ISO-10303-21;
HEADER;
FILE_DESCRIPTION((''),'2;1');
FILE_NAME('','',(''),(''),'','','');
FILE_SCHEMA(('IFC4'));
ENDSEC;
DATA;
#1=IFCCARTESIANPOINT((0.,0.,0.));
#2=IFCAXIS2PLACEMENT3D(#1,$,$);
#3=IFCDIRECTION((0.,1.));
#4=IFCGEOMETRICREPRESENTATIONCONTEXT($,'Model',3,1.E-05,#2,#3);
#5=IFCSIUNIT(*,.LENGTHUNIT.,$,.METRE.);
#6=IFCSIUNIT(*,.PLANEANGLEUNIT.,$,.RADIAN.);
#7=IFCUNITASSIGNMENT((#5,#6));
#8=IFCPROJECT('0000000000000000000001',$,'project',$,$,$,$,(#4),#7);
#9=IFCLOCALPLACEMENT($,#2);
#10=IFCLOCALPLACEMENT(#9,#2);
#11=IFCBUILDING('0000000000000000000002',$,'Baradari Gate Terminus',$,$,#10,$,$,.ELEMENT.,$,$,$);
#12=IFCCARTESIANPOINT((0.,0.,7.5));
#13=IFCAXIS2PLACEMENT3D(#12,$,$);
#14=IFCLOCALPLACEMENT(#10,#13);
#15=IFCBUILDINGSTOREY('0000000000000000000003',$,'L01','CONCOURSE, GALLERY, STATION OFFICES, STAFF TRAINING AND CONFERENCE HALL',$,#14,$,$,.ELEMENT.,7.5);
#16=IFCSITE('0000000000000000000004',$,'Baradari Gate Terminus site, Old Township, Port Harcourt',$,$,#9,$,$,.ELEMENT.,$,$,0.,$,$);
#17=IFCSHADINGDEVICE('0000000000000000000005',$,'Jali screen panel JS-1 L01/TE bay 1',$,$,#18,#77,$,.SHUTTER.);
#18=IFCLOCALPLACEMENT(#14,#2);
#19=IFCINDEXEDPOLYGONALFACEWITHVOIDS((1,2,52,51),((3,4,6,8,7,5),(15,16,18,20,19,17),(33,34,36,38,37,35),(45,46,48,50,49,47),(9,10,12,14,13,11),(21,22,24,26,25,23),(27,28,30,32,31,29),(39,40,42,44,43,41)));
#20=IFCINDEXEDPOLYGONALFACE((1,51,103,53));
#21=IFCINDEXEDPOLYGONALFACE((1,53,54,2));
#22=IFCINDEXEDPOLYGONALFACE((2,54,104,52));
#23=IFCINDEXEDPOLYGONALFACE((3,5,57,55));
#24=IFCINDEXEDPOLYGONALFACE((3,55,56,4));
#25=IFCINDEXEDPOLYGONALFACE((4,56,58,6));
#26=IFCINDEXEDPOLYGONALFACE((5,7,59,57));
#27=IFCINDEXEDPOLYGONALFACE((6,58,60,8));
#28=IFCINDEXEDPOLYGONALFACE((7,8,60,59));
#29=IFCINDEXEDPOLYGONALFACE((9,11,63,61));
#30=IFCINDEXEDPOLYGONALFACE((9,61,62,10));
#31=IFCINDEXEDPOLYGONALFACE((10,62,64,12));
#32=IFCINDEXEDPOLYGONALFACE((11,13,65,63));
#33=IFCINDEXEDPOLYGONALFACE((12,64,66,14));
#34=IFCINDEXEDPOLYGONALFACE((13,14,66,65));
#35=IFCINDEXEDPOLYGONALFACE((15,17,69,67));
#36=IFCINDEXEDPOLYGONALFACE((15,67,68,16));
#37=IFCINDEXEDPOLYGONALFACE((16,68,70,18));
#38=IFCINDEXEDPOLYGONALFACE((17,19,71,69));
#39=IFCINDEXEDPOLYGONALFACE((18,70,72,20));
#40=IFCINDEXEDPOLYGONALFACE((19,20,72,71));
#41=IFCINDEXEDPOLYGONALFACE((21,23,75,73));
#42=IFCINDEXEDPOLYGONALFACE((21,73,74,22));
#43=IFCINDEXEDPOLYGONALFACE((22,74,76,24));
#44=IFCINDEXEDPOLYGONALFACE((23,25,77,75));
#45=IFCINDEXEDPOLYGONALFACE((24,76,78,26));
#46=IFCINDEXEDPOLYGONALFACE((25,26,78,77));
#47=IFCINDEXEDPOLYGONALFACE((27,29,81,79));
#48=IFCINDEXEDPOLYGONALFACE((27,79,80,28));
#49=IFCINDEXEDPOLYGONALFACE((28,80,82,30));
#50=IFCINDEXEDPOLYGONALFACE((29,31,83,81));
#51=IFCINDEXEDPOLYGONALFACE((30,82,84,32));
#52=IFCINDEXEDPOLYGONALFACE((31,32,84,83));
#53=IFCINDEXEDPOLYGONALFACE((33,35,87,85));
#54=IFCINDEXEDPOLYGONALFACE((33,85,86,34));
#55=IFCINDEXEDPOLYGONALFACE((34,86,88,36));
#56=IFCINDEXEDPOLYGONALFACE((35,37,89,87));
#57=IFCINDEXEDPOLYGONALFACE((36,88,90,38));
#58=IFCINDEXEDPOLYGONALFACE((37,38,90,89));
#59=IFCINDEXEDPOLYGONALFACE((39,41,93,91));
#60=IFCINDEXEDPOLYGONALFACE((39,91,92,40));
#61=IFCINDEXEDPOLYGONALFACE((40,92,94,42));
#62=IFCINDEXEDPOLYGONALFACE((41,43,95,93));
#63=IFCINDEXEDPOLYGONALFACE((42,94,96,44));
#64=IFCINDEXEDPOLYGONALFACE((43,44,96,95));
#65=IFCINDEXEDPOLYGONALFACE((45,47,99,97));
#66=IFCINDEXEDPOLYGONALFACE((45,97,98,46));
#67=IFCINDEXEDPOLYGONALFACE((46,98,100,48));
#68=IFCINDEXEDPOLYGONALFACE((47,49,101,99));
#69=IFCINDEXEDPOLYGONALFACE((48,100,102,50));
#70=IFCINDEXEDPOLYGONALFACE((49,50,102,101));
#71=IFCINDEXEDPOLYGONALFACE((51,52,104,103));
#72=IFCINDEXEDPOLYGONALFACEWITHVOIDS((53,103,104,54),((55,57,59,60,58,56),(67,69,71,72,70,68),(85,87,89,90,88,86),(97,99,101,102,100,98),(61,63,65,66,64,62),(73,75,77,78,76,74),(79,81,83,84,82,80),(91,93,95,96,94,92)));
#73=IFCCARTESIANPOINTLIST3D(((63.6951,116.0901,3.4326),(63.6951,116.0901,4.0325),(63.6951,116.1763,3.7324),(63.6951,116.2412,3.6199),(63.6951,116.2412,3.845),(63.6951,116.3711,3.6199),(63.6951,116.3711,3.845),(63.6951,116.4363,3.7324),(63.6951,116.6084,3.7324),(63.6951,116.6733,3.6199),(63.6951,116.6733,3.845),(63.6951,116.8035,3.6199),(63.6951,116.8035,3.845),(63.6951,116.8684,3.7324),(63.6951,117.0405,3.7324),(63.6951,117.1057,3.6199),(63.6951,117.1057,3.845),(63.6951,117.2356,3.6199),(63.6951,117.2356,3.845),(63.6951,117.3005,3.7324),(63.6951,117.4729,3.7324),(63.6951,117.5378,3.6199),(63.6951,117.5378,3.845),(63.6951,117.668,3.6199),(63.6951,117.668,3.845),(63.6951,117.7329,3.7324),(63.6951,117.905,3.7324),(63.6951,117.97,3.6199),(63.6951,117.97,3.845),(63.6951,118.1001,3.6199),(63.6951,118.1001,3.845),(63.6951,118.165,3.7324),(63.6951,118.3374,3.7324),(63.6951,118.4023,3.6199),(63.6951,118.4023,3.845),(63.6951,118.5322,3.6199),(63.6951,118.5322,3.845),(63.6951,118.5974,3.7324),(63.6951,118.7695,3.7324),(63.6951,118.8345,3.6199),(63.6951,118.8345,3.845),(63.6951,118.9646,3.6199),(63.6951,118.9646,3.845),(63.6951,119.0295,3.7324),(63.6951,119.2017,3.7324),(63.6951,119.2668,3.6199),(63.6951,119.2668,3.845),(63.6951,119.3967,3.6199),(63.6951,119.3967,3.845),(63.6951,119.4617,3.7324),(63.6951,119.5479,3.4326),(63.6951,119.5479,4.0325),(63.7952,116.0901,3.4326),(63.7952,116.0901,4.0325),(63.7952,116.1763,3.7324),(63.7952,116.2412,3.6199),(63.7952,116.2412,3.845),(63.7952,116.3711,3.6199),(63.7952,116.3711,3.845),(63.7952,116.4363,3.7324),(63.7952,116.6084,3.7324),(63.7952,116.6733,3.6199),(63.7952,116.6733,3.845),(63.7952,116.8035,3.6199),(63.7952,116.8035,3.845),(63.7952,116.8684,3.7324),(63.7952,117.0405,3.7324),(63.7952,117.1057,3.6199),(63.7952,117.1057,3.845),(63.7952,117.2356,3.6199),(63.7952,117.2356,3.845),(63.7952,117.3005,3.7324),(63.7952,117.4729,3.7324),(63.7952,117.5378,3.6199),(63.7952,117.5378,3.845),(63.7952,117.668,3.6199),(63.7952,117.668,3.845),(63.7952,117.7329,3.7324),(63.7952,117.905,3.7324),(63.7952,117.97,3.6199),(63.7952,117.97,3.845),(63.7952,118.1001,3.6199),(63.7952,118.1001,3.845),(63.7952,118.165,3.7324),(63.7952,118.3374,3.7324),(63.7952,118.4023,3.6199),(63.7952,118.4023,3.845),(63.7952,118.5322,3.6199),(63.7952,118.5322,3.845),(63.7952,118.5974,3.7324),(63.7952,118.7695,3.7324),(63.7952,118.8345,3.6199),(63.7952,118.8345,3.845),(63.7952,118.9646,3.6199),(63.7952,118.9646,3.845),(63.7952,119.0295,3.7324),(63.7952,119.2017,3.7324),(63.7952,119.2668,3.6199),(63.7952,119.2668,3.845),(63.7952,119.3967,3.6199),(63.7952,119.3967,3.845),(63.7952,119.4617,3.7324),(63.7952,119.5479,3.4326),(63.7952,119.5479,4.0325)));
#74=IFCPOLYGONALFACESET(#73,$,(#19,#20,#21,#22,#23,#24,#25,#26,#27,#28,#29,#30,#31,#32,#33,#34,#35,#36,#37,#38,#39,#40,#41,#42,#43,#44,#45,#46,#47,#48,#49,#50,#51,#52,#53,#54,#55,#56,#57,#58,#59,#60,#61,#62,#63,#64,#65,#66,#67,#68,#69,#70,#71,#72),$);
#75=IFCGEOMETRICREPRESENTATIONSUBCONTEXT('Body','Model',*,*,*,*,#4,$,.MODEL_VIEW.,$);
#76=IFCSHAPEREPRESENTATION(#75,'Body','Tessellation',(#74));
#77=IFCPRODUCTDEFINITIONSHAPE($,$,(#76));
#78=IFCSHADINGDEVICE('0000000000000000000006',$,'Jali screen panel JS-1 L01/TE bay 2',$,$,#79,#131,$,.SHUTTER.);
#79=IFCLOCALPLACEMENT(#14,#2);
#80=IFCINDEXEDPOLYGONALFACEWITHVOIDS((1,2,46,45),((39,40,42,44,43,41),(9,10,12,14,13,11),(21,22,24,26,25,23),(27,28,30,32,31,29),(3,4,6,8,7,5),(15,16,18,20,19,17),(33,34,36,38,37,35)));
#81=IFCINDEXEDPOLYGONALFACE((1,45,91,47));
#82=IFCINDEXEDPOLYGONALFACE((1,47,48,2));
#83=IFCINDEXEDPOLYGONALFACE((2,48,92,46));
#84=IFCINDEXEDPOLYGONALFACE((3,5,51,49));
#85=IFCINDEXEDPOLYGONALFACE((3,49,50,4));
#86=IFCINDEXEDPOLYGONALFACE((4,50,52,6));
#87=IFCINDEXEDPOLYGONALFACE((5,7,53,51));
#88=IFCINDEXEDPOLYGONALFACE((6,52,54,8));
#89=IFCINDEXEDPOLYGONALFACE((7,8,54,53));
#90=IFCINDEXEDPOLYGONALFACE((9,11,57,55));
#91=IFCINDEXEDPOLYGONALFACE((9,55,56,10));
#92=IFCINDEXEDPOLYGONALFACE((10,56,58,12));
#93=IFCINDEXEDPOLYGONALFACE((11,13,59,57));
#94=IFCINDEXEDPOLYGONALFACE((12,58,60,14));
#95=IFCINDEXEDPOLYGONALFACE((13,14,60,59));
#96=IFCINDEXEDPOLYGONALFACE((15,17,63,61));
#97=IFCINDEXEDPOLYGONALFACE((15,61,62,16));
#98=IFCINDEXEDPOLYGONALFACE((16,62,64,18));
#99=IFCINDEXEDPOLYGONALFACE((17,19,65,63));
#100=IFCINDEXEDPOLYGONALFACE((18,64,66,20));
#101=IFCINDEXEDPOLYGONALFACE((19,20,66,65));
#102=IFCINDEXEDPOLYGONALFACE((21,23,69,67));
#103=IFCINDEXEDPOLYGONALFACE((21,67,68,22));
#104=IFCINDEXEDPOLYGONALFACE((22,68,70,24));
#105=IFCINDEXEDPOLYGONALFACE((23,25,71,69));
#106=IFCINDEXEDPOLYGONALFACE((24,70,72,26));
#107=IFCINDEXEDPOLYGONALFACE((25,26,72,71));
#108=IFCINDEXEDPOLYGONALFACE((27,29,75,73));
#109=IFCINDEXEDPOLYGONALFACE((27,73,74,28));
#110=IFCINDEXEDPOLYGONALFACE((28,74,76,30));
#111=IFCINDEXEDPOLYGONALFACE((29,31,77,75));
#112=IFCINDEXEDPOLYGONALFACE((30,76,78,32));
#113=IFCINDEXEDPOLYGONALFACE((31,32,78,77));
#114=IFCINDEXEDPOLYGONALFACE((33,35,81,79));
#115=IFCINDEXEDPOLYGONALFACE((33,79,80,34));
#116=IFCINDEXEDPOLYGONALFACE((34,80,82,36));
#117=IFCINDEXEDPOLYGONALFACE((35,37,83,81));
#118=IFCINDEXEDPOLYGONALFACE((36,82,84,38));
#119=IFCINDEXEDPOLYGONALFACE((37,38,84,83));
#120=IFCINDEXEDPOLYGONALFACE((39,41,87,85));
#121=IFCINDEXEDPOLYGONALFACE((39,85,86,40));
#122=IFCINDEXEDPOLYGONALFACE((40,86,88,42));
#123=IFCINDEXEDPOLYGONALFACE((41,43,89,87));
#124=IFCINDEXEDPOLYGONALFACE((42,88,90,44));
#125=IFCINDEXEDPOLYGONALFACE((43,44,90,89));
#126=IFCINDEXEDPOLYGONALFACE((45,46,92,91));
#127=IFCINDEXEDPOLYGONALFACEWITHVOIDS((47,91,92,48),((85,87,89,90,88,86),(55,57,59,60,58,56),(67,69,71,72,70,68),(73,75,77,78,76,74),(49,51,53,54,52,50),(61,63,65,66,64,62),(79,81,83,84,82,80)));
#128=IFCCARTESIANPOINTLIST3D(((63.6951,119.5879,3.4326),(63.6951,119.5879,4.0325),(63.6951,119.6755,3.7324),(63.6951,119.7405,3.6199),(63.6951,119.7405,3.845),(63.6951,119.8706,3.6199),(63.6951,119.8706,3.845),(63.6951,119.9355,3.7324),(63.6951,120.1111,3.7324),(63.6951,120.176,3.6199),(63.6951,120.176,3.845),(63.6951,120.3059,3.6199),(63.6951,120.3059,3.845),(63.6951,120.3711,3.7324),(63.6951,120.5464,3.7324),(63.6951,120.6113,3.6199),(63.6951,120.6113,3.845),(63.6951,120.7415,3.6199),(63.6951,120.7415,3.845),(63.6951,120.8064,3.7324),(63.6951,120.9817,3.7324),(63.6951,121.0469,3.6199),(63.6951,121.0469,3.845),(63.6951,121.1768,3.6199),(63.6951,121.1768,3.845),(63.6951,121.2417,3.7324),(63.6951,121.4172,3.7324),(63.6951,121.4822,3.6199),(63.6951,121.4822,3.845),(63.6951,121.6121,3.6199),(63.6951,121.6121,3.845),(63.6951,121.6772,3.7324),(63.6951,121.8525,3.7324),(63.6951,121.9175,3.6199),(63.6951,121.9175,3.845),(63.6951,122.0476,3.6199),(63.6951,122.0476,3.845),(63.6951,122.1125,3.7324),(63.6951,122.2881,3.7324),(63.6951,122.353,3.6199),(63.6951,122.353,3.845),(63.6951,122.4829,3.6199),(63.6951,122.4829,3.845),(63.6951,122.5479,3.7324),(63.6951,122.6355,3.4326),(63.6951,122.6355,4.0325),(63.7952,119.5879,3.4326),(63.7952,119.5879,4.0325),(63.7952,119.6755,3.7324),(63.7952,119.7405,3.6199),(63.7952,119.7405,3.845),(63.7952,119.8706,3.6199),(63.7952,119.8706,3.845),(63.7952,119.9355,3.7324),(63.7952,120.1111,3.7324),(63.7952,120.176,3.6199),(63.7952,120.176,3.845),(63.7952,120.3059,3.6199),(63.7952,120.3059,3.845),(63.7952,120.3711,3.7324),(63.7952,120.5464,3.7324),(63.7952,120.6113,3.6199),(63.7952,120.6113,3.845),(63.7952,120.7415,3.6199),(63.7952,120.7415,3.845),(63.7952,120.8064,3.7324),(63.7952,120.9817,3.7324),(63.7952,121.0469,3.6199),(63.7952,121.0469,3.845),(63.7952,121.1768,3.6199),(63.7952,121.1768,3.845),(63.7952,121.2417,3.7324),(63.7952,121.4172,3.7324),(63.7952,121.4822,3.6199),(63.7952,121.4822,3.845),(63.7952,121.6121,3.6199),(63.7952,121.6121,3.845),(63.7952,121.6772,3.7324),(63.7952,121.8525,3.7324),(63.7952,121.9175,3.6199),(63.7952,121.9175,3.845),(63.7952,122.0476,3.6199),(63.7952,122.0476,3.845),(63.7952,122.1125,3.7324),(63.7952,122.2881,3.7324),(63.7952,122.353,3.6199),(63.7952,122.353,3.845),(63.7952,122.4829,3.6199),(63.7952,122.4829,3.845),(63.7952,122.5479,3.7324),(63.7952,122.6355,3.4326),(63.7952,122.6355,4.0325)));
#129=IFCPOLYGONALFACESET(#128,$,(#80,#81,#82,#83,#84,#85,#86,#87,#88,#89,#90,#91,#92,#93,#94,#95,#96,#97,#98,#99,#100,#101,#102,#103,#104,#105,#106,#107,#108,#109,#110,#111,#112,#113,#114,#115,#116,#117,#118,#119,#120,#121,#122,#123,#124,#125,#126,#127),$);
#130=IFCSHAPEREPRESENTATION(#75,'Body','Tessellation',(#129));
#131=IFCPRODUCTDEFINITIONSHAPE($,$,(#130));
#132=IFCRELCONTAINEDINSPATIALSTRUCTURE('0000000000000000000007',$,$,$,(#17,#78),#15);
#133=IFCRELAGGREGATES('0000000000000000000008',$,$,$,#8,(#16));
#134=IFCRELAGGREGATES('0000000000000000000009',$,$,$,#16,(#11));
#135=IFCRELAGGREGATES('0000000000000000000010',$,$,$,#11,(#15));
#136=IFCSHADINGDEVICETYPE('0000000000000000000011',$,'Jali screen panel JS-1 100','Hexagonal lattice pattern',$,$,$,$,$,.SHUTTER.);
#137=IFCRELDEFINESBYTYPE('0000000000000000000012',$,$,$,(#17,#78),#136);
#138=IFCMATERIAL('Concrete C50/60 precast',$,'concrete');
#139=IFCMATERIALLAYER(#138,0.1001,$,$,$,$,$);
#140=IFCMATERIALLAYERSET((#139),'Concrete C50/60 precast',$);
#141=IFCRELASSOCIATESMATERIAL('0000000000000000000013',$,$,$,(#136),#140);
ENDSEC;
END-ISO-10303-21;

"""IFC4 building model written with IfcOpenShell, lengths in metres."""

from ifc_helpers import new_model, si_unit, direction, frame, origin, place, context, subcontext, project, spatial, polyline, outline, extrude, material, layer, layer_set, type_object, element, save


model = new_model("IFC4")

# Units and contexts
model_context = context("Model", 3, precision=1e-05, world=origin(), true_north=direction((0.0, 1.0)))
body_context = subcontext(model_context, "Body", "Model", "MODEL_VIEW")
ifc_project = project(units=[si_unit("LENGTHUNIT", "METRE"), si_unit("PLANEANGLEUNIT", "RADIAN")], contexts=[model_context])

# Site, building, storey
site_placement = place(None, origin())
site = spatial("IfcSite", under=ifc_project, at=site_placement, Name="Baradari Gate Terminus site, Old Township, Port Harcourt", CompositionType="ELEMENT", RefElevation=0.0)
building_placement = place(site_placement, origin())
building = spatial("IfcBuilding", under=site, at=building_placement, Name="Baradari Gate Terminus", CompositionType="ELEMENT")
storey_placement = place(building_placement, frame((0.0, 0.0, 7.5)))
storey = spatial("IfcBuildingStorey", under=building, at=storey_placement, Name="L01", Description="CONCOURSE, GALLERY, STATION OFFICES, STAFF TRAINING AND CONFERENCE HALL", CompositionType="ELEMENT", Elevation=7.5)

# Shading devices
ifc_material_1 = material(Name="Concrete C50/60 precast", Category="concrete")
ifc_layer_1 = layer(ifc_material_1, 0.1001)
ifc_layer_set_1 = layer_set([ifc_layer_1], Name="Concrete C50/60 precast")
shading_device_type_1 = type_object("IfcShadingDeviceType", Name="Jali screen panel JS-1 100", Description="Hexagonal lattice pattern", PredefinedType="SHUTTER", material=ifc_layer_set_1)
shading_device_1_placement = place(storey_placement, frame((63.7451, 116.0901, 3.4326), z_axis=(0.0, 0.0, 1.0), x_axis=(0.0, 1.0, 0.0)))
element("IfcShadingDevice", 1, at=shading_device_1_placement, inside=storey, type_object=shading_device_type_1, Name="Jali screen panel JS-1 L01/TE bay 1", PredefinedType="SHUTTER", context=body_context, shape_type="SweptSolid", body=[
    extrude(outline(polyline([(0.0, 0.0), (3.4578, 0.0), (3.4578, 0.5999), (0.0, 0.5999), (0.0, 0.0)]), holes=[polyline([(0.3462, 0.2998), (0.281, 0.1873), (0.1511, 0.1873), (0.0862, 0.2998), (0.1511, 0.4124), (0.281, 0.4124), (0.3462, 0.2998)]), polyline([(0.7783, 0.2998), (0.7134, 0.1873), (0.5833, 0.1873), (0.5183, 0.2998), (0.5833, 0.4124), (0.7134, 0.4124), (0.7783, 0.2998)]), polyline([(1.2104, 0.2998), (1.1455, 0.1873), (1.0156, 0.1873), (0.9504, 0.2998), (1.0156, 0.4124), (1.1455, 0.4124), (1.2104, 0.2998)]), polyline([(1.6428, 0.2998), (1.5779, 0.1873), (1.4478, 0.1873), (1.3828, 0.2998), (1.4478, 0.4124), (1.5779, 0.4124), (1.6428, 0.2998)]), polyline([(2.075, 0.2998), (2.01, 0.1873), (1.8799, 0.1873), (1.8149, 0.2998), (1.8799, 0.4124), (2.01, 0.4124), (2.075, 0.2998)]), polyline([(2.5073, 0.2998), (2.4421, 0.1873), (2.3123, 0.1873), (2.2473, 0.2998), (2.3123, 0.4124), (2.4421, 0.4124), (2.5073, 0.2998)]), polyline([(2.9395, 0.2998), (2.8745, 0.1873), (2.7444, 0.1873), (2.6794, 0.2998), (2.7444, 0.4124), (2.8745, 0.4124), (2.9395, 0.2998)]), polyline([(3.3716, 0.2998), (3.3066, 0.1873), (3.1768, 0.1873), (3.1116, 0.2998), (3.1768, 0.4124), (3.3066, 0.4124), (3.3716, 0.2998)])]), frame((0.0, 0.05, 0.0), z_axis=(0.0, -1.0, 0.0), x_axis=(1.0, 0.0, 0.0)), (0.0, 0.0, 1.0), 0.1001),
])
shading_device_2_placement = place(storey_placement, frame((63.7451, 119.5879, 3.4326), z_axis=(0.0, 0.0, 1.0), x_axis=(0.0, 1.0, 0.0)))
element("IfcShadingDevice", 2, at=shading_device_2_placement, inside=storey, type_object=shading_device_type_1, Name="Jali screen panel JS-1 L01/TE bay 2", PredefinedType="SHUTTER", context=body_context, shape_type="SweptSolid", body=[
    extrude(outline(polyline([(0.0, 0.0), (3.0476, 0.0), (3.0476, 0.5999), (0.0, 0.5999), (0.0, 0.0)]), holes=[polyline([(0.3477, 0.2998), (0.2827, 0.1873), (0.1526, 0.1873), (0.0876, 0.2998), (0.1526, 0.4124), (0.2827, 0.4124), (0.3477, 0.2998)]), polyline([(0.7832, 0.2998), (0.718, 0.1873), (0.5881, 0.1873), (0.5232, 0.2998), (0.5881, 0.4124), (0.718, 0.4124), (0.7832, 0.2998)]), polyline([(1.2185, 0.2998), (1.1536, 0.1873), (1.0234, 0.1873), (0.9585, 0.2998), (1.0234, 0.4124), (1.1536, 0.4124), (1.2185, 0.2998)]), polyline([(1.6538, 0.2998), (1.5889, 0.1873), (1.459, 0.1873), (1.3938, 0.2998), (1.459, 0.4124), (1.5889, 0.4124), (1.6538, 0.2998)]), polyline([(2.0894, 0.2998), (2.0242, 0.1873), (1.8943, 0.1873), (1.8293, 0.2998), (1.8943, 0.4124), (2.0242, 0.4124), (2.0894, 0.2998)]), polyline([(2.5247, 0.2998), (2.4597, 0.1873), (2.3296, 0.1873), (2.2646, 0.2998), (2.3296, 0.4124), (2.4597, 0.4124), (2.5247, 0.2998)]), polyline([(2.96, 0.2998), (2.895, 0.1873), (2.7651, 0.1873), (2.7002, 0.2998), (2.7651, 0.4124), (2.895, 0.4124), (2.96, 0.2998)])]), frame((0.0, 0.05, 0.0), z_axis=(0.0, -1.0, 0.0), x_axis=(1.0, 0.0, 0.0)), (0.0, 0.0, 1.0), 0.1001),
])

save(model, "model.ifc")
